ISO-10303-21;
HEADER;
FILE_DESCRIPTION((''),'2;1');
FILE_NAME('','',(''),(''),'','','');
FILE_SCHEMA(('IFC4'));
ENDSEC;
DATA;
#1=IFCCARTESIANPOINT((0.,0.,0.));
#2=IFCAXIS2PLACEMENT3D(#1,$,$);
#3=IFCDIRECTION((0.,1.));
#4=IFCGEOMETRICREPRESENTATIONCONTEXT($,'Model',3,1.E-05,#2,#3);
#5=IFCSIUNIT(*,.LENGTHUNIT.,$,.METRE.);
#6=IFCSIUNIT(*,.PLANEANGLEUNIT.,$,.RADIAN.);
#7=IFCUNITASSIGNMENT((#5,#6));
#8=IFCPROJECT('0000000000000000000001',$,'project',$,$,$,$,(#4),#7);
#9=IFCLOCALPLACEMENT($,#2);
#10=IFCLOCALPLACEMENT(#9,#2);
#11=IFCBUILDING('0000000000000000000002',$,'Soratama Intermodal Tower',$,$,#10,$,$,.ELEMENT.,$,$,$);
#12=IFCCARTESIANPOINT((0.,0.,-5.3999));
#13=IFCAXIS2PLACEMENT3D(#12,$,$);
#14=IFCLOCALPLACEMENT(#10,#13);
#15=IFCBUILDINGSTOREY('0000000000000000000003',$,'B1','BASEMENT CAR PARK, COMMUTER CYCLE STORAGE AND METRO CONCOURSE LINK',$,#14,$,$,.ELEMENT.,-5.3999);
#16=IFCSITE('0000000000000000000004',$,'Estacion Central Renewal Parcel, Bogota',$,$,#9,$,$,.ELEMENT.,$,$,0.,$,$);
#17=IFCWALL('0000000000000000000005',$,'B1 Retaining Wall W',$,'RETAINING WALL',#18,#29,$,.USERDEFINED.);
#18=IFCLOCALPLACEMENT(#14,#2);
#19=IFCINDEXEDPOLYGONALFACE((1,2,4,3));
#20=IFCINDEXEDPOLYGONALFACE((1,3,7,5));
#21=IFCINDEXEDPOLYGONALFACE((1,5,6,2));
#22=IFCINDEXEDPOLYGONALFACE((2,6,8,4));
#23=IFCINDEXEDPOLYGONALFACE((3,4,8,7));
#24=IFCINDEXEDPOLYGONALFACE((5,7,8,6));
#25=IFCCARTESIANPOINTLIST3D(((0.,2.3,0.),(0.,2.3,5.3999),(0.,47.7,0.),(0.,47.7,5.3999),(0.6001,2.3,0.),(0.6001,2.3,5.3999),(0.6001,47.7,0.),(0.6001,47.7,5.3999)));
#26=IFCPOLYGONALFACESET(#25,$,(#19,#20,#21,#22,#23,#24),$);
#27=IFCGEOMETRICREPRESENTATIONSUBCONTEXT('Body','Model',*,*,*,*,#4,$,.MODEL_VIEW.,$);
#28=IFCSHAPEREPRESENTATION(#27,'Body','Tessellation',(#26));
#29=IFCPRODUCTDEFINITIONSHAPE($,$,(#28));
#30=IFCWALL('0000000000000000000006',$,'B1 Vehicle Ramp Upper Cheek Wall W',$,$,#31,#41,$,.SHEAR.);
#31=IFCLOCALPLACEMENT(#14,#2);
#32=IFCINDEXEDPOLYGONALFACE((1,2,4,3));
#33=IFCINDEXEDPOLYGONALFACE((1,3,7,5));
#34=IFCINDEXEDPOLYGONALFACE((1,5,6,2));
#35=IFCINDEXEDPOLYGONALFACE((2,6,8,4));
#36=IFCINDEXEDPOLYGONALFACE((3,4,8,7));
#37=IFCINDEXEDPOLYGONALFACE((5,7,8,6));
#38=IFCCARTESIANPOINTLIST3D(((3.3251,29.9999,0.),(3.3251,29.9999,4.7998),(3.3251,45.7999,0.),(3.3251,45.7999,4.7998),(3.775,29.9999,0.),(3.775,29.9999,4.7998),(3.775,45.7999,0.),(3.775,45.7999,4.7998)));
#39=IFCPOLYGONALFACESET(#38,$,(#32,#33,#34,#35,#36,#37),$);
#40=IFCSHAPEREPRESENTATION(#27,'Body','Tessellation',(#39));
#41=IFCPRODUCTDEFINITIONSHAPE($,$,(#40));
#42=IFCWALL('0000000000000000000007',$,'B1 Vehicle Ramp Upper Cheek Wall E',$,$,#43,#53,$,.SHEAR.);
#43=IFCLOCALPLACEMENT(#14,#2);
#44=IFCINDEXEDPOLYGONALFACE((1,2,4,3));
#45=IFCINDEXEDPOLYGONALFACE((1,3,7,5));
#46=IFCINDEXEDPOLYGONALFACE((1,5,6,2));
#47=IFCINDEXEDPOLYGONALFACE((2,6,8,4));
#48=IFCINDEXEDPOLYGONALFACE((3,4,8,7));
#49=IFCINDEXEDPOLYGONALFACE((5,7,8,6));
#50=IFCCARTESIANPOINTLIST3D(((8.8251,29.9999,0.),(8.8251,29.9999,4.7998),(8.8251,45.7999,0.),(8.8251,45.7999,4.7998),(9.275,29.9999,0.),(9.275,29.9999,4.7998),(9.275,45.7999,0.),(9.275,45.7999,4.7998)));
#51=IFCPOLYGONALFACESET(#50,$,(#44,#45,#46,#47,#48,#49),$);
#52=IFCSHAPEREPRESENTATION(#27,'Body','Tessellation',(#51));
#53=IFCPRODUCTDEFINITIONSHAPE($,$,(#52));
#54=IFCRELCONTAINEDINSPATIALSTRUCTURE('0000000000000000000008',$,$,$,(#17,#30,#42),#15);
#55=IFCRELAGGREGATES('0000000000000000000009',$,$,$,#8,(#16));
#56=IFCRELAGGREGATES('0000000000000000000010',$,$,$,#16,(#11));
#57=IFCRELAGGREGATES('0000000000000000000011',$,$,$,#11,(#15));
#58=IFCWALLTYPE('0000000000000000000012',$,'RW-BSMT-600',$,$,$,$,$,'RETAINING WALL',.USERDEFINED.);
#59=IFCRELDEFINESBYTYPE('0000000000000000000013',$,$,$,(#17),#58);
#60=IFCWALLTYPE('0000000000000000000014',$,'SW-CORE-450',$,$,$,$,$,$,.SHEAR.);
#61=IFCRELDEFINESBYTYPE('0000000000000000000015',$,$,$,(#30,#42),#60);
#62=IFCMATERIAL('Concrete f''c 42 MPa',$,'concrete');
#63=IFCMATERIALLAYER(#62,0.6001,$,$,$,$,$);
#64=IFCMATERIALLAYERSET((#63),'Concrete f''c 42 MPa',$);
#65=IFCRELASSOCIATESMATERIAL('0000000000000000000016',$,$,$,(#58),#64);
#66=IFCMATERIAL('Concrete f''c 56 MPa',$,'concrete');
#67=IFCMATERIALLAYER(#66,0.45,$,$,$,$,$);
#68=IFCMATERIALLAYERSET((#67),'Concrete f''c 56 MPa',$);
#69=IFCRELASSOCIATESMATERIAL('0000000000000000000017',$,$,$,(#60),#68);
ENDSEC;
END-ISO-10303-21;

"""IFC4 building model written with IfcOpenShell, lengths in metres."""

from ifc_helpers import new_model, si_unit, direction, frame, frame_2d, origin, place, context, subcontext, project, spatial, rectangle, extrude, material, layer, layer_set, type_object, element, save


model = new_model("IFC4")

# Units and contexts
model_context = context("Model", 3, precision=1e-05, world=origin(), true_north=direction((0.0, 1.0)))
body_context = subcontext(model_context, "Body", "Model", "MODEL_VIEW")
ifc_project = project(units=[si_unit("LENGTHUNIT", "METRE"), si_unit("PLANEANGLEUNIT", "RADIAN")], contexts=[model_context])

# Site, building, storey
site_placement = place(None, origin())
site = spatial("IfcSite", under=ifc_project, at=site_placement, Name="Estacion Central Renewal Parcel, Bogota", CompositionType="ELEMENT", RefElevation=0.0)
building_placement = place(site_placement, origin())
building = spatial("IfcBuilding", under=site, at=building_placement, Name="Soratama Intermodal Tower", CompositionType="ELEMENT")
storey_placement = place(building_placement, frame((0.0, 0.0, -5.3999)))
storey = spatial("IfcBuildingStorey", under=building, at=storey_placement, Name="B1", Description="BASEMENT CAR PARK, COMMUTER CYCLE STORAGE AND METRO CONCOURSE LINK", CompositionType="ELEMENT", Elevation=-5.3999)

# Walls
ifc_material_1 = material(Name="Concrete f'c 42 MPa", Category="concrete")
ifc_layer_1 = layer(ifc_material_1, 0.6001)
ifc_layer_set_1 = layer_set([ifc_layer_1], Name="Concrete f'c 42 MPa")
wall_type_1 = type_object("IfcWallType", Name="RW-BSMT-600", ElementType="RETAINING WALL", PredefinedType="USERDEFINED", material=ifc_layer_set_1)
wall_placement = place(storey_placement, frame((0.3, 47.7, 0.0), z_axis=(0.0, 0.0, 1.0), x_axis=(0.0, -1.0, 0.0)))
element("IfcWall", 1, at=wall_placement, inside=storey, type_object=wall_type_1, Name="B1 Retaining Wall W", ObjectType="RETAINING WALL", PredefinedType="USERDEFINED", context=body_context, shape_type="SweptSolid", body=[
    extrude(rectangle(XDim=45.3999, YDim=0.6001, at=frame_2d((22.7, 0.0))), origin(), (0.0, 0.0, 1.0), 5.3999),
])
ifc_material_2 = material(Name="Concrete f'c 56 MPa", Category="concrete")
ifc_layer_2 = layer(ifc_material_2, 0.45)
ifc_layer_set_2 = layer_set([ifc_layer_2], Name="Concrete f'c 56 MPa")
wall_type_2 = type_object("IfcWallType", Name="SW-CORE-450", PredefinedType="SHEAR", material=ifc_layer_set_2)
for number, where, z_axis, x_axis, name in (
    (2, (3.55, 30.0, 0.0), (0.0, 0.0, 1.0), (0.0, 1.0, 0.0), "B1 Vehicle Ramp Upper Cheek Wall W"),
    (3, (9.05, 30.0, 0.0), (0.0, 0.0, 1.0), (0.0, 1.0, 0.0), "B1 Vehicle Ramp Upper Cheek Wall E"),
):
    element("IfcWall", number, at=place(storey_placement, frame(where, z_axis=z_axis, x_axis=x_axis)), inside=storey, type_object=wall_type_2, Name=name, PredefinedType="SHEAR", context=body_context, shape_type="SweptSolid", body=[
        extrude(rectangle(XDim=15.8, YDim=0.45, at=frame_2d((7.8999, 0.0))), origin(), (0.0, 0.0, 1.0), 4.7998),
    ])

save(model, "model.ifc")
